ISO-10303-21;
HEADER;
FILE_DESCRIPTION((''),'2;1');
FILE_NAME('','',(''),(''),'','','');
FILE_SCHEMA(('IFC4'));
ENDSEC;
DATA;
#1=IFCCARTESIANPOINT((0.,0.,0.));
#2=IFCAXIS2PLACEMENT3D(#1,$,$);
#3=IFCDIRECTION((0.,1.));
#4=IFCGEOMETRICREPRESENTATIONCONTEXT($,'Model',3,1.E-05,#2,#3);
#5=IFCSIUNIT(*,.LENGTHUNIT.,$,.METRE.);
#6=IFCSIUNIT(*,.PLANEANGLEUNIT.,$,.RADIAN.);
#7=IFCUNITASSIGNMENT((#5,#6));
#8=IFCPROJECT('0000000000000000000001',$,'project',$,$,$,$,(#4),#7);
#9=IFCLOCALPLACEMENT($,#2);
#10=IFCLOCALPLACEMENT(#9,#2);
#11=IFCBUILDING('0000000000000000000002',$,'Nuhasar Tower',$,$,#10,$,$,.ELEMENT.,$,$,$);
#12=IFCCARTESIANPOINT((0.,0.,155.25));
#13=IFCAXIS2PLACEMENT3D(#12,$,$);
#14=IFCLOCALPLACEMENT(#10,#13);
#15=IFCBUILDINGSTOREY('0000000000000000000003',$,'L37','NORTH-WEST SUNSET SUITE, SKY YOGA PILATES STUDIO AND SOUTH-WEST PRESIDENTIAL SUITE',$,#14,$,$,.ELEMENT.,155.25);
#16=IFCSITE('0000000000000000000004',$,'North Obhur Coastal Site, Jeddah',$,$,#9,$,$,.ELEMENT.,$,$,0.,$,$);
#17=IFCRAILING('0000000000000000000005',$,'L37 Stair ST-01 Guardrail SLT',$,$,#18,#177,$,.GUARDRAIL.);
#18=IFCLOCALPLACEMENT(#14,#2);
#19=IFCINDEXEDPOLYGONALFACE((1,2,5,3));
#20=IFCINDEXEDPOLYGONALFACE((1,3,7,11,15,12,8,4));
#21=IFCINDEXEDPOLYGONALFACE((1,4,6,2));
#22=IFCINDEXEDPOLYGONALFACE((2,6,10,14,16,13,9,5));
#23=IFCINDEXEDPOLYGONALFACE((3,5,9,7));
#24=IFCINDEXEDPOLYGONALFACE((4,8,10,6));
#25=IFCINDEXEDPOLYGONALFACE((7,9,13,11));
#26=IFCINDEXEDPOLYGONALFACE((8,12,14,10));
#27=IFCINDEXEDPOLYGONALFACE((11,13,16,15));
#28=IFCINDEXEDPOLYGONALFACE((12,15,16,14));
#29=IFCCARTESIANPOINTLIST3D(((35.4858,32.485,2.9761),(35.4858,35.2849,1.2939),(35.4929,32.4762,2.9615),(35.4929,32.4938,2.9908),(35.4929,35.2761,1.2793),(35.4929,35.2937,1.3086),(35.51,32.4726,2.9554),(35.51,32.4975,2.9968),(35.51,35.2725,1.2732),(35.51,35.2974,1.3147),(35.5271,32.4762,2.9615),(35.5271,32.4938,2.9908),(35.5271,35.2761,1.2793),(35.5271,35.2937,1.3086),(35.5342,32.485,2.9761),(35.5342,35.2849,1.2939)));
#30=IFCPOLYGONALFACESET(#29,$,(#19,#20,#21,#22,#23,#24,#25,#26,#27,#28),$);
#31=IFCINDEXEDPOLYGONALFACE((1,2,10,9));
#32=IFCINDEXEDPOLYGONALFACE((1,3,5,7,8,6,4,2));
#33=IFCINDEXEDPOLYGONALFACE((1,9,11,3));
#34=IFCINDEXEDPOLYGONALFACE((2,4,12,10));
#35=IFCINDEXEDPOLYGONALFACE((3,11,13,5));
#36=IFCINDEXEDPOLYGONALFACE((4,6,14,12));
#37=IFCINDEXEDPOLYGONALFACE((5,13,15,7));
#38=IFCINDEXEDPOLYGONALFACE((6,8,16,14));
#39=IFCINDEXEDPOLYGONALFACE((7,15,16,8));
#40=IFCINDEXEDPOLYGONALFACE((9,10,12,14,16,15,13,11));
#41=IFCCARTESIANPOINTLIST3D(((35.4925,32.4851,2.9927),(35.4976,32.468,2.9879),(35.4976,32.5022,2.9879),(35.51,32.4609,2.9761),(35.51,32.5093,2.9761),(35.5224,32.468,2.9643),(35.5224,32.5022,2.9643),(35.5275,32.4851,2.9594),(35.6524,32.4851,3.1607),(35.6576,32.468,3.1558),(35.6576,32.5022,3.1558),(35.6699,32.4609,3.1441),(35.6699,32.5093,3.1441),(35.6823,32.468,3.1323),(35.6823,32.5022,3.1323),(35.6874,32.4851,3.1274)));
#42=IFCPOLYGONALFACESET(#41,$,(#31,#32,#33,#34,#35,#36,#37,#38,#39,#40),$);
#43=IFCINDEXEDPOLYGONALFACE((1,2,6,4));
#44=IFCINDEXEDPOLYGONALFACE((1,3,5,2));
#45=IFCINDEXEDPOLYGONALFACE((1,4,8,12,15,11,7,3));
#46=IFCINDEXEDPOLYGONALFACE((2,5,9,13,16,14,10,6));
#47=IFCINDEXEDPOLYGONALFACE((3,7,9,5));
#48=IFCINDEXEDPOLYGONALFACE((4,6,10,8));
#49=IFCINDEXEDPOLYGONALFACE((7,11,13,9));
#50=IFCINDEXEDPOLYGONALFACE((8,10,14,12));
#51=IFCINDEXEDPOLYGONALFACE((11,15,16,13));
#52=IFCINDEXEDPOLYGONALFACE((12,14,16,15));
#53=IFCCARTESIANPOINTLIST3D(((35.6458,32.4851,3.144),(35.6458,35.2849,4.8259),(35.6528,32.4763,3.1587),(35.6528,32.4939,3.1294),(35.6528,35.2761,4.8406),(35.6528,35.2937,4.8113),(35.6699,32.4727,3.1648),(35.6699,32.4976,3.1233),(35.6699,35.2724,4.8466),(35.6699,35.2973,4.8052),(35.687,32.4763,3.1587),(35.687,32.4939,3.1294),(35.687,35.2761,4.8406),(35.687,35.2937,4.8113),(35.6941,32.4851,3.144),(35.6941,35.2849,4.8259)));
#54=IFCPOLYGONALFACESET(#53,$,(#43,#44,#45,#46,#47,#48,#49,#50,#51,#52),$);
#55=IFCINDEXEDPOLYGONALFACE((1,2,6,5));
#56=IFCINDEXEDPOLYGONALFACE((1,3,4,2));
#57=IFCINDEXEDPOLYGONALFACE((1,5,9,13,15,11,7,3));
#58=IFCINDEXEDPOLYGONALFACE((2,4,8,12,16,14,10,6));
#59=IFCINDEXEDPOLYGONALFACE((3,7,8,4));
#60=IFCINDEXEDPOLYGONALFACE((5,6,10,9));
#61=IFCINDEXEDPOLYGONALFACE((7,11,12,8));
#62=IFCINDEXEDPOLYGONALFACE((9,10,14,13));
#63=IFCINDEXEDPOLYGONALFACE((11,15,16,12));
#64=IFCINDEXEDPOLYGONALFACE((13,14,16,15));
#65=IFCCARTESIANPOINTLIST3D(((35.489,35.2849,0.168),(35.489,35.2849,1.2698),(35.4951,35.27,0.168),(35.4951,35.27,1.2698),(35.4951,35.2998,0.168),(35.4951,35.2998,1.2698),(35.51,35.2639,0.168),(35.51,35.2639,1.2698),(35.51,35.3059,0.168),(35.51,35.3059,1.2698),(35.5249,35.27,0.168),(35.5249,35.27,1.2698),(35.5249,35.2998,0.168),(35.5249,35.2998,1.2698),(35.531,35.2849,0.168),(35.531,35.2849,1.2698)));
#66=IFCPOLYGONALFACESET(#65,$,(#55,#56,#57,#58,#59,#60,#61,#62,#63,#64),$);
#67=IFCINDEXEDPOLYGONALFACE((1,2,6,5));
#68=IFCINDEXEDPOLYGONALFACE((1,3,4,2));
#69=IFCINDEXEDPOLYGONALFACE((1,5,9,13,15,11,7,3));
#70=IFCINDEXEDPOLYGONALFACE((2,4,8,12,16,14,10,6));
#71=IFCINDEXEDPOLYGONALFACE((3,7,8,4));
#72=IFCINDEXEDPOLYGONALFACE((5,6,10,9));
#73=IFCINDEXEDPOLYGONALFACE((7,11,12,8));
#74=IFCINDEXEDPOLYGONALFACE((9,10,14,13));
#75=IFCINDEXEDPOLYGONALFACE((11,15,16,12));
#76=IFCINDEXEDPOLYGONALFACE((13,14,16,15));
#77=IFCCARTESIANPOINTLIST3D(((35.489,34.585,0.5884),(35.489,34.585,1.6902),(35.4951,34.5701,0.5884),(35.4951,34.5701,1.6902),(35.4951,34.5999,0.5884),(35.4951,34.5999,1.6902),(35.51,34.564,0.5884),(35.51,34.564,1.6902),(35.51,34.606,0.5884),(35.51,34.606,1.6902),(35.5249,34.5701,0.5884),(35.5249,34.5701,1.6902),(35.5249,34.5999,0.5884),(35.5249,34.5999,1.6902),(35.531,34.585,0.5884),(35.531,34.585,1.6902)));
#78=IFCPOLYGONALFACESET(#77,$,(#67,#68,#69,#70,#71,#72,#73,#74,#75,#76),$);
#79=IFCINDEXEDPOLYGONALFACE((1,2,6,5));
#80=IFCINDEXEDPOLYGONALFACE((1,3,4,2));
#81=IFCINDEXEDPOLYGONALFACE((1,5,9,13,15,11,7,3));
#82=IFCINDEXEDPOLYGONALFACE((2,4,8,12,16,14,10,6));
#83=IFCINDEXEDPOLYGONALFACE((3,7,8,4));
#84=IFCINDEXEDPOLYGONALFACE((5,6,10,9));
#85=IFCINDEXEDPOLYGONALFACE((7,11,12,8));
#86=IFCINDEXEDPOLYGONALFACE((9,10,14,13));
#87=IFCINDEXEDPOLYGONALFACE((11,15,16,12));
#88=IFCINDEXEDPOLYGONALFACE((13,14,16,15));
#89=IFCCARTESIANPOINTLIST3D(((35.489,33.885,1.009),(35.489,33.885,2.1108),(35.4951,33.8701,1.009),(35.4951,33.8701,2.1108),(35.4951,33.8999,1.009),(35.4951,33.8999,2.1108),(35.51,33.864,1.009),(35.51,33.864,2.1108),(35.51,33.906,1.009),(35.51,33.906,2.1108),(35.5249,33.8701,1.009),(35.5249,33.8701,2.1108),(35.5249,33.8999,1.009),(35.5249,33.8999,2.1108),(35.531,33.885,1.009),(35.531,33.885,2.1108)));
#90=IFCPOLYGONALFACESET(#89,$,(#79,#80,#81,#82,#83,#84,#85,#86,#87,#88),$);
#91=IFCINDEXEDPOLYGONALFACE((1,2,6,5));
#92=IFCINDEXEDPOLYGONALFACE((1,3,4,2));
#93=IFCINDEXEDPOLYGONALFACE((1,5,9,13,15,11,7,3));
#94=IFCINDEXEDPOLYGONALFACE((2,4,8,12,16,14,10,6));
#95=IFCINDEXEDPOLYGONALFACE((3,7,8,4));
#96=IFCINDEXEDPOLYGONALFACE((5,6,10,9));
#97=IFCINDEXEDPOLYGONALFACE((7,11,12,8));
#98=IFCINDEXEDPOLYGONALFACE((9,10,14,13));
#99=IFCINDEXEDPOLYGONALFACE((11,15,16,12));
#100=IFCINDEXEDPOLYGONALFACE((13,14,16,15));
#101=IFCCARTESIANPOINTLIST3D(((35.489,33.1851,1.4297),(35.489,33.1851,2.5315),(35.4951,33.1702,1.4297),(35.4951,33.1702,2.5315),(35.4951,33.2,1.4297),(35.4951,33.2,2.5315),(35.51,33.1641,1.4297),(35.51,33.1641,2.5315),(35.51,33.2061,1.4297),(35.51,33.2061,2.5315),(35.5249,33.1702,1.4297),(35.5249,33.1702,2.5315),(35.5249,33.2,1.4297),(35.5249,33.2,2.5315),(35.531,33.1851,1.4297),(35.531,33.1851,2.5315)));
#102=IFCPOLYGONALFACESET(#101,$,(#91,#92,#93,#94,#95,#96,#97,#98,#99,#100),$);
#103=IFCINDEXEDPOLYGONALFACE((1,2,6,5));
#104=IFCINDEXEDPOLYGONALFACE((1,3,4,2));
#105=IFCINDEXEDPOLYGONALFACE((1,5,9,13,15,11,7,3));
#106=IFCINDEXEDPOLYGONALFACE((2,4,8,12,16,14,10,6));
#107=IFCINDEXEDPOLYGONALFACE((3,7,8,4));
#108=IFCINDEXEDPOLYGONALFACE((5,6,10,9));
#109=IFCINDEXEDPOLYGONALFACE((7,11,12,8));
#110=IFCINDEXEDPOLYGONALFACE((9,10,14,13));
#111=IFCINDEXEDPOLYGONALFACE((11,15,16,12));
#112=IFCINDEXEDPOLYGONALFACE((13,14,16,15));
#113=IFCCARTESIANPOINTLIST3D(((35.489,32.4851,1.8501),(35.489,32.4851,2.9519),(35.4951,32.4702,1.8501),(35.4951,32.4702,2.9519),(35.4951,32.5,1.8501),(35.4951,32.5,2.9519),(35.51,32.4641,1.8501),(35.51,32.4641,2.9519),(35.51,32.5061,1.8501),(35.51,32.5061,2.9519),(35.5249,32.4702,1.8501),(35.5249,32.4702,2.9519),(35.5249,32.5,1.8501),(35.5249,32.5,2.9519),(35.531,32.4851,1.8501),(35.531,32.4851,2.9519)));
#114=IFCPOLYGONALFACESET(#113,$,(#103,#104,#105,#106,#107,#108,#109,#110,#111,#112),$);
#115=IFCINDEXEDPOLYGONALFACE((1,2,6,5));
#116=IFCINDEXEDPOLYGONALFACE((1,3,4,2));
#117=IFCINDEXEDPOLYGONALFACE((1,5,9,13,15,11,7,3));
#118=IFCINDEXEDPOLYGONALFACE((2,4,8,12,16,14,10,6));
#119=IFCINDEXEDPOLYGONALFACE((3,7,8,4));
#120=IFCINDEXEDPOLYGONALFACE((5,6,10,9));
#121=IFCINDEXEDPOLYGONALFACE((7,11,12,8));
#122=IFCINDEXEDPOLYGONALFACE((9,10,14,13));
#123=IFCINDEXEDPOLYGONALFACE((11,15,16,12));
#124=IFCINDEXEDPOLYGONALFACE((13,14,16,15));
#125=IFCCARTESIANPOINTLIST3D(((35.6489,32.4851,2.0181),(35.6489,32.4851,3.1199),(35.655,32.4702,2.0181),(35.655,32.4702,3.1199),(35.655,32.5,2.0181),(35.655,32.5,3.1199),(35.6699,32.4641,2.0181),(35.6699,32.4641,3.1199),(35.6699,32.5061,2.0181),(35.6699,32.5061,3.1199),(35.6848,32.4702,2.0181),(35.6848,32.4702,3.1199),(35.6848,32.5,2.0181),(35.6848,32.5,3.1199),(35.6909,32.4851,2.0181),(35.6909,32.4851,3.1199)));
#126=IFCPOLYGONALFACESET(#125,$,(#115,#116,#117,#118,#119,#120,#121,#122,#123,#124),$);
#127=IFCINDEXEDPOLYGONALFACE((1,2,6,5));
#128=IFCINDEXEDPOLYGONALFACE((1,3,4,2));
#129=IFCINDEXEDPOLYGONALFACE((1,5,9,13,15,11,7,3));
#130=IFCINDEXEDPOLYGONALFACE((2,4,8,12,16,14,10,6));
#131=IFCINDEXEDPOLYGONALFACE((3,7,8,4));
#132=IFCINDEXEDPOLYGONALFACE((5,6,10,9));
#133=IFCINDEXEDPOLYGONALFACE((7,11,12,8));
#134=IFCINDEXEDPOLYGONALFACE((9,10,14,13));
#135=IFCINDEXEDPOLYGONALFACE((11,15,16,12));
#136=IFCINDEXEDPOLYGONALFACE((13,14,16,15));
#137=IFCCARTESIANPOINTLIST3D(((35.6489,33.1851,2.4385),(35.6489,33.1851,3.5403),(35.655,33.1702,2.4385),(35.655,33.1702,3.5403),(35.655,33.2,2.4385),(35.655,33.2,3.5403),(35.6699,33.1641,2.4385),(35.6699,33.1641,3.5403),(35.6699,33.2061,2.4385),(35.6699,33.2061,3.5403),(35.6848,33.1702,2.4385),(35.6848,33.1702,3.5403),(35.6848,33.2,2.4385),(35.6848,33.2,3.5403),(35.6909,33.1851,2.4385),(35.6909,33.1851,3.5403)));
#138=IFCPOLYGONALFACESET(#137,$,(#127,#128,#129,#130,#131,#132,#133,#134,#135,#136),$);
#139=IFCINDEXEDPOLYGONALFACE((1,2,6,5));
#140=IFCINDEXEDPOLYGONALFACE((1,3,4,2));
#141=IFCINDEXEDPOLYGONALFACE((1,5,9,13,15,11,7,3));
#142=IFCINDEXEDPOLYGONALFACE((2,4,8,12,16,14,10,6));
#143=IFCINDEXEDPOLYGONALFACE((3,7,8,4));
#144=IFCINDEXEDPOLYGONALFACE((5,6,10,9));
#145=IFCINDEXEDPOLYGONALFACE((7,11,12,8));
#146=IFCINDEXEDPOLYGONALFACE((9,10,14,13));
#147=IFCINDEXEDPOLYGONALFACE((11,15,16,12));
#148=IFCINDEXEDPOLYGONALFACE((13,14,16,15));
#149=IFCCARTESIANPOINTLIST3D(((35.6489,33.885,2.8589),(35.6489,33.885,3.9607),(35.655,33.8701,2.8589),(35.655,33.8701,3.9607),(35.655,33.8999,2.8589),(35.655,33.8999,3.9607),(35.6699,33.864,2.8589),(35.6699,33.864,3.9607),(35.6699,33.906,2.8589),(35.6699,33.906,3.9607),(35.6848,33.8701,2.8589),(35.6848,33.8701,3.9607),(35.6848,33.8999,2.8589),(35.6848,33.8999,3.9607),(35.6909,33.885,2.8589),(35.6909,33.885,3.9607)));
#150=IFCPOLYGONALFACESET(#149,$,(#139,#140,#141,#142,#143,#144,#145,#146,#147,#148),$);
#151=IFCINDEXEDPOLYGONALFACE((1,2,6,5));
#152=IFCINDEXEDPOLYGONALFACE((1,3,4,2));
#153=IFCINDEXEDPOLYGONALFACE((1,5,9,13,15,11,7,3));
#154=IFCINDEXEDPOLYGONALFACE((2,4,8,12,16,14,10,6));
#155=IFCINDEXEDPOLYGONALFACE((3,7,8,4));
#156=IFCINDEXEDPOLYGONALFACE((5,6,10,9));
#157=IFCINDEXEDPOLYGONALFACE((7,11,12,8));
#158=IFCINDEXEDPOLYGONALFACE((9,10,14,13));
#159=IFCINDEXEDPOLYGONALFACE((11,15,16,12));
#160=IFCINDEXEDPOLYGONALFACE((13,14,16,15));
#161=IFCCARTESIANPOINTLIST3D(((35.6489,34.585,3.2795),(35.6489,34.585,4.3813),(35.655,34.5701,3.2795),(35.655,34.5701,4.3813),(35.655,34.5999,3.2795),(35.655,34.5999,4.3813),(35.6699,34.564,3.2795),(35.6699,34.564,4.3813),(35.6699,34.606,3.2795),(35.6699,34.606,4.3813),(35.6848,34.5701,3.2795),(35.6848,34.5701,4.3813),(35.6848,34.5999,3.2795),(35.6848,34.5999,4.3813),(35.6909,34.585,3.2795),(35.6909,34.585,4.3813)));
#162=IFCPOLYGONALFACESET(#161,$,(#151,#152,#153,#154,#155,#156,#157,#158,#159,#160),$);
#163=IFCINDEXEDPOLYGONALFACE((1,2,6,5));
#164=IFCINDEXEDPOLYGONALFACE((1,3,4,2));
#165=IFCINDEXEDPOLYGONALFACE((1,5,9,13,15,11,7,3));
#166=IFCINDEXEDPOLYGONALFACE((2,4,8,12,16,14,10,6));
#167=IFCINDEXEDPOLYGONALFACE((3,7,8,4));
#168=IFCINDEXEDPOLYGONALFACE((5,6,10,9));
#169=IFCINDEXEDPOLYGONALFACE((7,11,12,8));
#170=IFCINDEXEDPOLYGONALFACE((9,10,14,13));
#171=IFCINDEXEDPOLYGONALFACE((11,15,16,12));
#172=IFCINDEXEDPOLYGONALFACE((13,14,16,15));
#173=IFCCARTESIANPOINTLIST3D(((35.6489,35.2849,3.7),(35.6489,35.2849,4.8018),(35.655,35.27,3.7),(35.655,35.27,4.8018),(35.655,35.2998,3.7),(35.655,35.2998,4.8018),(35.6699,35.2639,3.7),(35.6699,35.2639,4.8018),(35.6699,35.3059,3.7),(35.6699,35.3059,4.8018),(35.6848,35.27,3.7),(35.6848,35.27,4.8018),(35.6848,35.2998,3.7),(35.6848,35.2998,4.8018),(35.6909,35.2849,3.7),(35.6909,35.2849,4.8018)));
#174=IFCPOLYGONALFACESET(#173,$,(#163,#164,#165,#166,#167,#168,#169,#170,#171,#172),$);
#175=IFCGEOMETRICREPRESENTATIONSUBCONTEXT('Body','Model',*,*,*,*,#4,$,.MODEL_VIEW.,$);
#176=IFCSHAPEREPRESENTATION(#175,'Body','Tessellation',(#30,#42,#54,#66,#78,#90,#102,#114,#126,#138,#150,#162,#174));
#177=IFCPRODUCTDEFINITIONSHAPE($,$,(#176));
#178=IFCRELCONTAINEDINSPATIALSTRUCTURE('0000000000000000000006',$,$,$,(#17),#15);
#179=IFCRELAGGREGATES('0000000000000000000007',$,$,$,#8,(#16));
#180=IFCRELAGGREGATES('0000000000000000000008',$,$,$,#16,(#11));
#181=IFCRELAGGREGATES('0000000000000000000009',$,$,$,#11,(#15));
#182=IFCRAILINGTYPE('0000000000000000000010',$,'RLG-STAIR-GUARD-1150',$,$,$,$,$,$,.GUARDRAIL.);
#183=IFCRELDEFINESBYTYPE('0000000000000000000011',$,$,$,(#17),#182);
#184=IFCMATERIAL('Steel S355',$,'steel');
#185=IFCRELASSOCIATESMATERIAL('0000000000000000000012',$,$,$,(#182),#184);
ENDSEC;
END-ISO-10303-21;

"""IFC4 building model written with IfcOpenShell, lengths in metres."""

from ifc_helpers import new_model, si_unit, direction, frame, origin, place, context, subcontext, project, spatial, polyline, outline, extrude, material, type_object, element, save


model = new_model("IFC4")

# Units and contexts
model_context = context("Model", 3, precision=1e-05, world=origin(), true_north=direction((0.0, 1.0)))
body_context = subcontext(model_context, "Body", "Model", "MODEL_VIEW")
ifc_project = project(units=[si_unit("LENGTHUNIT", "METRE"), si_unit("PLANEANGLEUNIT", "RADIAN")], contexts=[model_context])

# Site, building, storey
site_placement = place(None, origin())
site = spatial("IfcSite", under=ifc_project, at=site_placement, Name="North Obhur Coastal Site, Jeddah", CompositionType="ELEMENT", RefElevation=0.0)
building_placement = place(site_placement, origin())
building = spatial("IfcBuilding", under=site, at=building_placement, Name="Nuhasar Tower", CompositionType="ELEMENT")
storey_placement = place(building_placement, frame((0.0, 0.0, 155.25)))
storey = spatial("IfcBuildingStorey", under=building, at=storey_placement, Name="L37", Description="NORTH-WEST SUNSET SUITE, SKY YOGA PILATES STUDIO AND SOUTH-WEST PRESIDENTIAL SUITE", CompositionType="ELEMENT", Elevation=155.25)

# Shared definitions
ifc_material_1 = material(Name="Steel S355", Category="steel")

# Railing
railing_type_1 = type_object("IfcRailingType", Name="RLG-STAIR-GUARD-1150", PredefinedType="GUARDRAIL", material=ifc_material_1)
railing_1_placement = place(storey_placement, frame((35.51, 35.2849, 0.168)))
element("IfcRailing", 1, at=railing_1_placement, inside=storey, type_object=railing_type_1, Name="L37 Stair ST-01 Guardrail SLT", PredefinedType="GUARDRAIL", context=body_context, shape_type="SweptSolid", body=[
    extrude(outline(polyline([(0.0242, 0.0), (0.0171, 0.0171), (0.0, 0.0242), (-0.0171, 0.0171), (-0.0242, 0.0), (-0.0171, -0.0171), (0.0, -0.0242), (0.0171, -0.0171), (0.0242, 0.0)])), frame((0.0, 0.0, 1.126), z_axis=(0.0, -0.857189, 0.515001), x_axis=(1.0, 0.0, 0.0)), (0.0, 0.0, 1.0), 3.2664),
    extrude(outline(polyline([(0.0242, 0.0), (0.0171, 0.0171), (0.0, 0.0242), (-0.0171, 0.0171), (-0.0242, 0.0), (-0.0171, -0.0171), (0.0, -0.0242), (0.0171, -0.0171), (0.0242, 0.0)])), frame((0.0, -2.7998, 2.8081), z_axis=(0.689524, 0.0, 0.724263), x_axis=(0.0, 1.0, 0.0)), (0.0, 0.0, 1.0), 0.2319),
    extrude(outline(polyline([(0.0242, 0.0), (0.0171, 0.0171), (0.0, 0.0242), (-0.0171, 0.0171), (-0.0242, 0.0), (-0.0171, -0.0171), (0.0, -0.0242), (0.0171, -0.0171), (0.0242, 0.0)])), frame((0.1599, -2.7998, 2.9761), z_axis=(0.0, 0.857222, 0.514946), x_axis=(-1.0, 0.0, 0.0)), (0.0, 0.0, 1.0), 3.2661),
    extrude(outline(polyline([(0.021, 0.0), (0.0149, 0.0149), (0.0, 0.021), (-0.0149, 0.0149), (-0.021, 0.0), (-0.0149, -0.0149), (0.0, -0.021), (0.0149, -0.0149), (0.021, 0.0)])), origin(), (0.0, 0.0, 1.0), 1.1018),
    extrude(outline(polyline([(0.021, 0.0), (0.0149, 0.0149), (0.0, 0.021), (-0.0149, 0.0149), (-0.021, 0.0), (-0.0149, -0.0149), (0.0, -0.021), (0.0149, -0.0149), (0.021, 0.0)])), frame((0.0, -0.7, 0.4204)), (0.0, 0.0, 1.0), 1.1018),
    extrude(outline(polyline([(0.021, 0.0), (0.0149, 0.0149), (0.0, 0.021), (-0.0149, 0.0149), (-0.021, 0.0), (-0.0149, -0.0149), (0.0, -0.021), (0.0149, -0.0149), (0.021, 0.0)])), frame((0.0, -1.3999, 0.8411)), (0.0, 0.0, 1.0), 1.1018),
    extrude(outline(polyline([(0.021, 0.0), (0.0149, 0.0149), (0.0, 0.021), (-0.0149, 0.0149), (-0.021, 0.0), (-0.0149, -0.0149), (0.0, -0.021), (0.0149, -0.0149), (0.021, 0.0)])), frame((0.0, -2.0999, 1.2617)), (0.0, 0.0, 1.0), 1.1018),
    extrude(outline(polyline([(0.021, 0.0), (0.0149, 0.0149), (0.0, 0.021), (-0.0149, 0.0149), (-0.021, 0.0), (-0.0149, -0.0149), (0.0, -0.021), (0.0149, -0.0149), (0.021, 0.0)])), frame((0.0, -2.7998, 1.6821)), (0.0, 0.0, 1.0), 1.1018),
    extrude(outline(polyline([(0.021, 0.0), (0.0149, 0.0149), (0.0, 0.021), (-0.0149, 0.0149), (-0.021, 0.0), (-0.0149, -0.0149), (0.0, -0.021), (0.0149, -0.0149), (0.021, 0.0)])), frame((0.1599, -2.7998, 1.8501)), (0.0, 0.0, 1.0), 1.1018),
    extrude(outline(polyline([(0.021, 0.0), (0.0149, 0.0149), (0.0, 0.021), (-0.0149, 0.0149), (-0.021, 0.0), (-0.0149, -0.0149), (0.0, -0.021), (0.0149, -0.0149), (0.021, 0.0)])), frame((0.1599, -2.0999, 2.2705)), (0.0, 0.0, 1.0), 1.1018),
    extrude(outline(polyline([(0.021, 0.0), (0.0149, 0.0149), (0.0, 0.021), (-0.0149, 0.0149), (-0.021, 0.0), (-0.0149, -0.0149), (0.0, -0.021), (0.0149, -0.0149), (0.021, 0.0)])), frame((0.1599, -1.3999, 2.6909)), (0.0, 0.0, 1.0), 1.1018),
    extrude(outline(polyline([(0.021, 0.0), (0.0149, 0.0149), (0.0, 0.021), (-0.0149, 0.0149), (-0.021, 0.0), (-0.0149, -0.0149), (0.0, -0.021), (0.0149, -0.0149), (0.021, 0.0)])), frame((0.1599, -0.7, 3.1116)), (0.0, 0.0, 1.0), 1.1018),
    extrude(outline(polyline([(0.021, 0.0), (0.0149, 0.0149), (0.0, 0.021), (-0.0149, 0.0149), (-0.021, 0.0), (-0.0149, -0.0149), (0.0, -0.021), (0.0149, -0.0149), (0.021, 0.0)])), frame((0.1599, 0.0, 3.532)), (0.0, 0.0, 1.0), 1.1018),
])

save(model, "model.ifc")
